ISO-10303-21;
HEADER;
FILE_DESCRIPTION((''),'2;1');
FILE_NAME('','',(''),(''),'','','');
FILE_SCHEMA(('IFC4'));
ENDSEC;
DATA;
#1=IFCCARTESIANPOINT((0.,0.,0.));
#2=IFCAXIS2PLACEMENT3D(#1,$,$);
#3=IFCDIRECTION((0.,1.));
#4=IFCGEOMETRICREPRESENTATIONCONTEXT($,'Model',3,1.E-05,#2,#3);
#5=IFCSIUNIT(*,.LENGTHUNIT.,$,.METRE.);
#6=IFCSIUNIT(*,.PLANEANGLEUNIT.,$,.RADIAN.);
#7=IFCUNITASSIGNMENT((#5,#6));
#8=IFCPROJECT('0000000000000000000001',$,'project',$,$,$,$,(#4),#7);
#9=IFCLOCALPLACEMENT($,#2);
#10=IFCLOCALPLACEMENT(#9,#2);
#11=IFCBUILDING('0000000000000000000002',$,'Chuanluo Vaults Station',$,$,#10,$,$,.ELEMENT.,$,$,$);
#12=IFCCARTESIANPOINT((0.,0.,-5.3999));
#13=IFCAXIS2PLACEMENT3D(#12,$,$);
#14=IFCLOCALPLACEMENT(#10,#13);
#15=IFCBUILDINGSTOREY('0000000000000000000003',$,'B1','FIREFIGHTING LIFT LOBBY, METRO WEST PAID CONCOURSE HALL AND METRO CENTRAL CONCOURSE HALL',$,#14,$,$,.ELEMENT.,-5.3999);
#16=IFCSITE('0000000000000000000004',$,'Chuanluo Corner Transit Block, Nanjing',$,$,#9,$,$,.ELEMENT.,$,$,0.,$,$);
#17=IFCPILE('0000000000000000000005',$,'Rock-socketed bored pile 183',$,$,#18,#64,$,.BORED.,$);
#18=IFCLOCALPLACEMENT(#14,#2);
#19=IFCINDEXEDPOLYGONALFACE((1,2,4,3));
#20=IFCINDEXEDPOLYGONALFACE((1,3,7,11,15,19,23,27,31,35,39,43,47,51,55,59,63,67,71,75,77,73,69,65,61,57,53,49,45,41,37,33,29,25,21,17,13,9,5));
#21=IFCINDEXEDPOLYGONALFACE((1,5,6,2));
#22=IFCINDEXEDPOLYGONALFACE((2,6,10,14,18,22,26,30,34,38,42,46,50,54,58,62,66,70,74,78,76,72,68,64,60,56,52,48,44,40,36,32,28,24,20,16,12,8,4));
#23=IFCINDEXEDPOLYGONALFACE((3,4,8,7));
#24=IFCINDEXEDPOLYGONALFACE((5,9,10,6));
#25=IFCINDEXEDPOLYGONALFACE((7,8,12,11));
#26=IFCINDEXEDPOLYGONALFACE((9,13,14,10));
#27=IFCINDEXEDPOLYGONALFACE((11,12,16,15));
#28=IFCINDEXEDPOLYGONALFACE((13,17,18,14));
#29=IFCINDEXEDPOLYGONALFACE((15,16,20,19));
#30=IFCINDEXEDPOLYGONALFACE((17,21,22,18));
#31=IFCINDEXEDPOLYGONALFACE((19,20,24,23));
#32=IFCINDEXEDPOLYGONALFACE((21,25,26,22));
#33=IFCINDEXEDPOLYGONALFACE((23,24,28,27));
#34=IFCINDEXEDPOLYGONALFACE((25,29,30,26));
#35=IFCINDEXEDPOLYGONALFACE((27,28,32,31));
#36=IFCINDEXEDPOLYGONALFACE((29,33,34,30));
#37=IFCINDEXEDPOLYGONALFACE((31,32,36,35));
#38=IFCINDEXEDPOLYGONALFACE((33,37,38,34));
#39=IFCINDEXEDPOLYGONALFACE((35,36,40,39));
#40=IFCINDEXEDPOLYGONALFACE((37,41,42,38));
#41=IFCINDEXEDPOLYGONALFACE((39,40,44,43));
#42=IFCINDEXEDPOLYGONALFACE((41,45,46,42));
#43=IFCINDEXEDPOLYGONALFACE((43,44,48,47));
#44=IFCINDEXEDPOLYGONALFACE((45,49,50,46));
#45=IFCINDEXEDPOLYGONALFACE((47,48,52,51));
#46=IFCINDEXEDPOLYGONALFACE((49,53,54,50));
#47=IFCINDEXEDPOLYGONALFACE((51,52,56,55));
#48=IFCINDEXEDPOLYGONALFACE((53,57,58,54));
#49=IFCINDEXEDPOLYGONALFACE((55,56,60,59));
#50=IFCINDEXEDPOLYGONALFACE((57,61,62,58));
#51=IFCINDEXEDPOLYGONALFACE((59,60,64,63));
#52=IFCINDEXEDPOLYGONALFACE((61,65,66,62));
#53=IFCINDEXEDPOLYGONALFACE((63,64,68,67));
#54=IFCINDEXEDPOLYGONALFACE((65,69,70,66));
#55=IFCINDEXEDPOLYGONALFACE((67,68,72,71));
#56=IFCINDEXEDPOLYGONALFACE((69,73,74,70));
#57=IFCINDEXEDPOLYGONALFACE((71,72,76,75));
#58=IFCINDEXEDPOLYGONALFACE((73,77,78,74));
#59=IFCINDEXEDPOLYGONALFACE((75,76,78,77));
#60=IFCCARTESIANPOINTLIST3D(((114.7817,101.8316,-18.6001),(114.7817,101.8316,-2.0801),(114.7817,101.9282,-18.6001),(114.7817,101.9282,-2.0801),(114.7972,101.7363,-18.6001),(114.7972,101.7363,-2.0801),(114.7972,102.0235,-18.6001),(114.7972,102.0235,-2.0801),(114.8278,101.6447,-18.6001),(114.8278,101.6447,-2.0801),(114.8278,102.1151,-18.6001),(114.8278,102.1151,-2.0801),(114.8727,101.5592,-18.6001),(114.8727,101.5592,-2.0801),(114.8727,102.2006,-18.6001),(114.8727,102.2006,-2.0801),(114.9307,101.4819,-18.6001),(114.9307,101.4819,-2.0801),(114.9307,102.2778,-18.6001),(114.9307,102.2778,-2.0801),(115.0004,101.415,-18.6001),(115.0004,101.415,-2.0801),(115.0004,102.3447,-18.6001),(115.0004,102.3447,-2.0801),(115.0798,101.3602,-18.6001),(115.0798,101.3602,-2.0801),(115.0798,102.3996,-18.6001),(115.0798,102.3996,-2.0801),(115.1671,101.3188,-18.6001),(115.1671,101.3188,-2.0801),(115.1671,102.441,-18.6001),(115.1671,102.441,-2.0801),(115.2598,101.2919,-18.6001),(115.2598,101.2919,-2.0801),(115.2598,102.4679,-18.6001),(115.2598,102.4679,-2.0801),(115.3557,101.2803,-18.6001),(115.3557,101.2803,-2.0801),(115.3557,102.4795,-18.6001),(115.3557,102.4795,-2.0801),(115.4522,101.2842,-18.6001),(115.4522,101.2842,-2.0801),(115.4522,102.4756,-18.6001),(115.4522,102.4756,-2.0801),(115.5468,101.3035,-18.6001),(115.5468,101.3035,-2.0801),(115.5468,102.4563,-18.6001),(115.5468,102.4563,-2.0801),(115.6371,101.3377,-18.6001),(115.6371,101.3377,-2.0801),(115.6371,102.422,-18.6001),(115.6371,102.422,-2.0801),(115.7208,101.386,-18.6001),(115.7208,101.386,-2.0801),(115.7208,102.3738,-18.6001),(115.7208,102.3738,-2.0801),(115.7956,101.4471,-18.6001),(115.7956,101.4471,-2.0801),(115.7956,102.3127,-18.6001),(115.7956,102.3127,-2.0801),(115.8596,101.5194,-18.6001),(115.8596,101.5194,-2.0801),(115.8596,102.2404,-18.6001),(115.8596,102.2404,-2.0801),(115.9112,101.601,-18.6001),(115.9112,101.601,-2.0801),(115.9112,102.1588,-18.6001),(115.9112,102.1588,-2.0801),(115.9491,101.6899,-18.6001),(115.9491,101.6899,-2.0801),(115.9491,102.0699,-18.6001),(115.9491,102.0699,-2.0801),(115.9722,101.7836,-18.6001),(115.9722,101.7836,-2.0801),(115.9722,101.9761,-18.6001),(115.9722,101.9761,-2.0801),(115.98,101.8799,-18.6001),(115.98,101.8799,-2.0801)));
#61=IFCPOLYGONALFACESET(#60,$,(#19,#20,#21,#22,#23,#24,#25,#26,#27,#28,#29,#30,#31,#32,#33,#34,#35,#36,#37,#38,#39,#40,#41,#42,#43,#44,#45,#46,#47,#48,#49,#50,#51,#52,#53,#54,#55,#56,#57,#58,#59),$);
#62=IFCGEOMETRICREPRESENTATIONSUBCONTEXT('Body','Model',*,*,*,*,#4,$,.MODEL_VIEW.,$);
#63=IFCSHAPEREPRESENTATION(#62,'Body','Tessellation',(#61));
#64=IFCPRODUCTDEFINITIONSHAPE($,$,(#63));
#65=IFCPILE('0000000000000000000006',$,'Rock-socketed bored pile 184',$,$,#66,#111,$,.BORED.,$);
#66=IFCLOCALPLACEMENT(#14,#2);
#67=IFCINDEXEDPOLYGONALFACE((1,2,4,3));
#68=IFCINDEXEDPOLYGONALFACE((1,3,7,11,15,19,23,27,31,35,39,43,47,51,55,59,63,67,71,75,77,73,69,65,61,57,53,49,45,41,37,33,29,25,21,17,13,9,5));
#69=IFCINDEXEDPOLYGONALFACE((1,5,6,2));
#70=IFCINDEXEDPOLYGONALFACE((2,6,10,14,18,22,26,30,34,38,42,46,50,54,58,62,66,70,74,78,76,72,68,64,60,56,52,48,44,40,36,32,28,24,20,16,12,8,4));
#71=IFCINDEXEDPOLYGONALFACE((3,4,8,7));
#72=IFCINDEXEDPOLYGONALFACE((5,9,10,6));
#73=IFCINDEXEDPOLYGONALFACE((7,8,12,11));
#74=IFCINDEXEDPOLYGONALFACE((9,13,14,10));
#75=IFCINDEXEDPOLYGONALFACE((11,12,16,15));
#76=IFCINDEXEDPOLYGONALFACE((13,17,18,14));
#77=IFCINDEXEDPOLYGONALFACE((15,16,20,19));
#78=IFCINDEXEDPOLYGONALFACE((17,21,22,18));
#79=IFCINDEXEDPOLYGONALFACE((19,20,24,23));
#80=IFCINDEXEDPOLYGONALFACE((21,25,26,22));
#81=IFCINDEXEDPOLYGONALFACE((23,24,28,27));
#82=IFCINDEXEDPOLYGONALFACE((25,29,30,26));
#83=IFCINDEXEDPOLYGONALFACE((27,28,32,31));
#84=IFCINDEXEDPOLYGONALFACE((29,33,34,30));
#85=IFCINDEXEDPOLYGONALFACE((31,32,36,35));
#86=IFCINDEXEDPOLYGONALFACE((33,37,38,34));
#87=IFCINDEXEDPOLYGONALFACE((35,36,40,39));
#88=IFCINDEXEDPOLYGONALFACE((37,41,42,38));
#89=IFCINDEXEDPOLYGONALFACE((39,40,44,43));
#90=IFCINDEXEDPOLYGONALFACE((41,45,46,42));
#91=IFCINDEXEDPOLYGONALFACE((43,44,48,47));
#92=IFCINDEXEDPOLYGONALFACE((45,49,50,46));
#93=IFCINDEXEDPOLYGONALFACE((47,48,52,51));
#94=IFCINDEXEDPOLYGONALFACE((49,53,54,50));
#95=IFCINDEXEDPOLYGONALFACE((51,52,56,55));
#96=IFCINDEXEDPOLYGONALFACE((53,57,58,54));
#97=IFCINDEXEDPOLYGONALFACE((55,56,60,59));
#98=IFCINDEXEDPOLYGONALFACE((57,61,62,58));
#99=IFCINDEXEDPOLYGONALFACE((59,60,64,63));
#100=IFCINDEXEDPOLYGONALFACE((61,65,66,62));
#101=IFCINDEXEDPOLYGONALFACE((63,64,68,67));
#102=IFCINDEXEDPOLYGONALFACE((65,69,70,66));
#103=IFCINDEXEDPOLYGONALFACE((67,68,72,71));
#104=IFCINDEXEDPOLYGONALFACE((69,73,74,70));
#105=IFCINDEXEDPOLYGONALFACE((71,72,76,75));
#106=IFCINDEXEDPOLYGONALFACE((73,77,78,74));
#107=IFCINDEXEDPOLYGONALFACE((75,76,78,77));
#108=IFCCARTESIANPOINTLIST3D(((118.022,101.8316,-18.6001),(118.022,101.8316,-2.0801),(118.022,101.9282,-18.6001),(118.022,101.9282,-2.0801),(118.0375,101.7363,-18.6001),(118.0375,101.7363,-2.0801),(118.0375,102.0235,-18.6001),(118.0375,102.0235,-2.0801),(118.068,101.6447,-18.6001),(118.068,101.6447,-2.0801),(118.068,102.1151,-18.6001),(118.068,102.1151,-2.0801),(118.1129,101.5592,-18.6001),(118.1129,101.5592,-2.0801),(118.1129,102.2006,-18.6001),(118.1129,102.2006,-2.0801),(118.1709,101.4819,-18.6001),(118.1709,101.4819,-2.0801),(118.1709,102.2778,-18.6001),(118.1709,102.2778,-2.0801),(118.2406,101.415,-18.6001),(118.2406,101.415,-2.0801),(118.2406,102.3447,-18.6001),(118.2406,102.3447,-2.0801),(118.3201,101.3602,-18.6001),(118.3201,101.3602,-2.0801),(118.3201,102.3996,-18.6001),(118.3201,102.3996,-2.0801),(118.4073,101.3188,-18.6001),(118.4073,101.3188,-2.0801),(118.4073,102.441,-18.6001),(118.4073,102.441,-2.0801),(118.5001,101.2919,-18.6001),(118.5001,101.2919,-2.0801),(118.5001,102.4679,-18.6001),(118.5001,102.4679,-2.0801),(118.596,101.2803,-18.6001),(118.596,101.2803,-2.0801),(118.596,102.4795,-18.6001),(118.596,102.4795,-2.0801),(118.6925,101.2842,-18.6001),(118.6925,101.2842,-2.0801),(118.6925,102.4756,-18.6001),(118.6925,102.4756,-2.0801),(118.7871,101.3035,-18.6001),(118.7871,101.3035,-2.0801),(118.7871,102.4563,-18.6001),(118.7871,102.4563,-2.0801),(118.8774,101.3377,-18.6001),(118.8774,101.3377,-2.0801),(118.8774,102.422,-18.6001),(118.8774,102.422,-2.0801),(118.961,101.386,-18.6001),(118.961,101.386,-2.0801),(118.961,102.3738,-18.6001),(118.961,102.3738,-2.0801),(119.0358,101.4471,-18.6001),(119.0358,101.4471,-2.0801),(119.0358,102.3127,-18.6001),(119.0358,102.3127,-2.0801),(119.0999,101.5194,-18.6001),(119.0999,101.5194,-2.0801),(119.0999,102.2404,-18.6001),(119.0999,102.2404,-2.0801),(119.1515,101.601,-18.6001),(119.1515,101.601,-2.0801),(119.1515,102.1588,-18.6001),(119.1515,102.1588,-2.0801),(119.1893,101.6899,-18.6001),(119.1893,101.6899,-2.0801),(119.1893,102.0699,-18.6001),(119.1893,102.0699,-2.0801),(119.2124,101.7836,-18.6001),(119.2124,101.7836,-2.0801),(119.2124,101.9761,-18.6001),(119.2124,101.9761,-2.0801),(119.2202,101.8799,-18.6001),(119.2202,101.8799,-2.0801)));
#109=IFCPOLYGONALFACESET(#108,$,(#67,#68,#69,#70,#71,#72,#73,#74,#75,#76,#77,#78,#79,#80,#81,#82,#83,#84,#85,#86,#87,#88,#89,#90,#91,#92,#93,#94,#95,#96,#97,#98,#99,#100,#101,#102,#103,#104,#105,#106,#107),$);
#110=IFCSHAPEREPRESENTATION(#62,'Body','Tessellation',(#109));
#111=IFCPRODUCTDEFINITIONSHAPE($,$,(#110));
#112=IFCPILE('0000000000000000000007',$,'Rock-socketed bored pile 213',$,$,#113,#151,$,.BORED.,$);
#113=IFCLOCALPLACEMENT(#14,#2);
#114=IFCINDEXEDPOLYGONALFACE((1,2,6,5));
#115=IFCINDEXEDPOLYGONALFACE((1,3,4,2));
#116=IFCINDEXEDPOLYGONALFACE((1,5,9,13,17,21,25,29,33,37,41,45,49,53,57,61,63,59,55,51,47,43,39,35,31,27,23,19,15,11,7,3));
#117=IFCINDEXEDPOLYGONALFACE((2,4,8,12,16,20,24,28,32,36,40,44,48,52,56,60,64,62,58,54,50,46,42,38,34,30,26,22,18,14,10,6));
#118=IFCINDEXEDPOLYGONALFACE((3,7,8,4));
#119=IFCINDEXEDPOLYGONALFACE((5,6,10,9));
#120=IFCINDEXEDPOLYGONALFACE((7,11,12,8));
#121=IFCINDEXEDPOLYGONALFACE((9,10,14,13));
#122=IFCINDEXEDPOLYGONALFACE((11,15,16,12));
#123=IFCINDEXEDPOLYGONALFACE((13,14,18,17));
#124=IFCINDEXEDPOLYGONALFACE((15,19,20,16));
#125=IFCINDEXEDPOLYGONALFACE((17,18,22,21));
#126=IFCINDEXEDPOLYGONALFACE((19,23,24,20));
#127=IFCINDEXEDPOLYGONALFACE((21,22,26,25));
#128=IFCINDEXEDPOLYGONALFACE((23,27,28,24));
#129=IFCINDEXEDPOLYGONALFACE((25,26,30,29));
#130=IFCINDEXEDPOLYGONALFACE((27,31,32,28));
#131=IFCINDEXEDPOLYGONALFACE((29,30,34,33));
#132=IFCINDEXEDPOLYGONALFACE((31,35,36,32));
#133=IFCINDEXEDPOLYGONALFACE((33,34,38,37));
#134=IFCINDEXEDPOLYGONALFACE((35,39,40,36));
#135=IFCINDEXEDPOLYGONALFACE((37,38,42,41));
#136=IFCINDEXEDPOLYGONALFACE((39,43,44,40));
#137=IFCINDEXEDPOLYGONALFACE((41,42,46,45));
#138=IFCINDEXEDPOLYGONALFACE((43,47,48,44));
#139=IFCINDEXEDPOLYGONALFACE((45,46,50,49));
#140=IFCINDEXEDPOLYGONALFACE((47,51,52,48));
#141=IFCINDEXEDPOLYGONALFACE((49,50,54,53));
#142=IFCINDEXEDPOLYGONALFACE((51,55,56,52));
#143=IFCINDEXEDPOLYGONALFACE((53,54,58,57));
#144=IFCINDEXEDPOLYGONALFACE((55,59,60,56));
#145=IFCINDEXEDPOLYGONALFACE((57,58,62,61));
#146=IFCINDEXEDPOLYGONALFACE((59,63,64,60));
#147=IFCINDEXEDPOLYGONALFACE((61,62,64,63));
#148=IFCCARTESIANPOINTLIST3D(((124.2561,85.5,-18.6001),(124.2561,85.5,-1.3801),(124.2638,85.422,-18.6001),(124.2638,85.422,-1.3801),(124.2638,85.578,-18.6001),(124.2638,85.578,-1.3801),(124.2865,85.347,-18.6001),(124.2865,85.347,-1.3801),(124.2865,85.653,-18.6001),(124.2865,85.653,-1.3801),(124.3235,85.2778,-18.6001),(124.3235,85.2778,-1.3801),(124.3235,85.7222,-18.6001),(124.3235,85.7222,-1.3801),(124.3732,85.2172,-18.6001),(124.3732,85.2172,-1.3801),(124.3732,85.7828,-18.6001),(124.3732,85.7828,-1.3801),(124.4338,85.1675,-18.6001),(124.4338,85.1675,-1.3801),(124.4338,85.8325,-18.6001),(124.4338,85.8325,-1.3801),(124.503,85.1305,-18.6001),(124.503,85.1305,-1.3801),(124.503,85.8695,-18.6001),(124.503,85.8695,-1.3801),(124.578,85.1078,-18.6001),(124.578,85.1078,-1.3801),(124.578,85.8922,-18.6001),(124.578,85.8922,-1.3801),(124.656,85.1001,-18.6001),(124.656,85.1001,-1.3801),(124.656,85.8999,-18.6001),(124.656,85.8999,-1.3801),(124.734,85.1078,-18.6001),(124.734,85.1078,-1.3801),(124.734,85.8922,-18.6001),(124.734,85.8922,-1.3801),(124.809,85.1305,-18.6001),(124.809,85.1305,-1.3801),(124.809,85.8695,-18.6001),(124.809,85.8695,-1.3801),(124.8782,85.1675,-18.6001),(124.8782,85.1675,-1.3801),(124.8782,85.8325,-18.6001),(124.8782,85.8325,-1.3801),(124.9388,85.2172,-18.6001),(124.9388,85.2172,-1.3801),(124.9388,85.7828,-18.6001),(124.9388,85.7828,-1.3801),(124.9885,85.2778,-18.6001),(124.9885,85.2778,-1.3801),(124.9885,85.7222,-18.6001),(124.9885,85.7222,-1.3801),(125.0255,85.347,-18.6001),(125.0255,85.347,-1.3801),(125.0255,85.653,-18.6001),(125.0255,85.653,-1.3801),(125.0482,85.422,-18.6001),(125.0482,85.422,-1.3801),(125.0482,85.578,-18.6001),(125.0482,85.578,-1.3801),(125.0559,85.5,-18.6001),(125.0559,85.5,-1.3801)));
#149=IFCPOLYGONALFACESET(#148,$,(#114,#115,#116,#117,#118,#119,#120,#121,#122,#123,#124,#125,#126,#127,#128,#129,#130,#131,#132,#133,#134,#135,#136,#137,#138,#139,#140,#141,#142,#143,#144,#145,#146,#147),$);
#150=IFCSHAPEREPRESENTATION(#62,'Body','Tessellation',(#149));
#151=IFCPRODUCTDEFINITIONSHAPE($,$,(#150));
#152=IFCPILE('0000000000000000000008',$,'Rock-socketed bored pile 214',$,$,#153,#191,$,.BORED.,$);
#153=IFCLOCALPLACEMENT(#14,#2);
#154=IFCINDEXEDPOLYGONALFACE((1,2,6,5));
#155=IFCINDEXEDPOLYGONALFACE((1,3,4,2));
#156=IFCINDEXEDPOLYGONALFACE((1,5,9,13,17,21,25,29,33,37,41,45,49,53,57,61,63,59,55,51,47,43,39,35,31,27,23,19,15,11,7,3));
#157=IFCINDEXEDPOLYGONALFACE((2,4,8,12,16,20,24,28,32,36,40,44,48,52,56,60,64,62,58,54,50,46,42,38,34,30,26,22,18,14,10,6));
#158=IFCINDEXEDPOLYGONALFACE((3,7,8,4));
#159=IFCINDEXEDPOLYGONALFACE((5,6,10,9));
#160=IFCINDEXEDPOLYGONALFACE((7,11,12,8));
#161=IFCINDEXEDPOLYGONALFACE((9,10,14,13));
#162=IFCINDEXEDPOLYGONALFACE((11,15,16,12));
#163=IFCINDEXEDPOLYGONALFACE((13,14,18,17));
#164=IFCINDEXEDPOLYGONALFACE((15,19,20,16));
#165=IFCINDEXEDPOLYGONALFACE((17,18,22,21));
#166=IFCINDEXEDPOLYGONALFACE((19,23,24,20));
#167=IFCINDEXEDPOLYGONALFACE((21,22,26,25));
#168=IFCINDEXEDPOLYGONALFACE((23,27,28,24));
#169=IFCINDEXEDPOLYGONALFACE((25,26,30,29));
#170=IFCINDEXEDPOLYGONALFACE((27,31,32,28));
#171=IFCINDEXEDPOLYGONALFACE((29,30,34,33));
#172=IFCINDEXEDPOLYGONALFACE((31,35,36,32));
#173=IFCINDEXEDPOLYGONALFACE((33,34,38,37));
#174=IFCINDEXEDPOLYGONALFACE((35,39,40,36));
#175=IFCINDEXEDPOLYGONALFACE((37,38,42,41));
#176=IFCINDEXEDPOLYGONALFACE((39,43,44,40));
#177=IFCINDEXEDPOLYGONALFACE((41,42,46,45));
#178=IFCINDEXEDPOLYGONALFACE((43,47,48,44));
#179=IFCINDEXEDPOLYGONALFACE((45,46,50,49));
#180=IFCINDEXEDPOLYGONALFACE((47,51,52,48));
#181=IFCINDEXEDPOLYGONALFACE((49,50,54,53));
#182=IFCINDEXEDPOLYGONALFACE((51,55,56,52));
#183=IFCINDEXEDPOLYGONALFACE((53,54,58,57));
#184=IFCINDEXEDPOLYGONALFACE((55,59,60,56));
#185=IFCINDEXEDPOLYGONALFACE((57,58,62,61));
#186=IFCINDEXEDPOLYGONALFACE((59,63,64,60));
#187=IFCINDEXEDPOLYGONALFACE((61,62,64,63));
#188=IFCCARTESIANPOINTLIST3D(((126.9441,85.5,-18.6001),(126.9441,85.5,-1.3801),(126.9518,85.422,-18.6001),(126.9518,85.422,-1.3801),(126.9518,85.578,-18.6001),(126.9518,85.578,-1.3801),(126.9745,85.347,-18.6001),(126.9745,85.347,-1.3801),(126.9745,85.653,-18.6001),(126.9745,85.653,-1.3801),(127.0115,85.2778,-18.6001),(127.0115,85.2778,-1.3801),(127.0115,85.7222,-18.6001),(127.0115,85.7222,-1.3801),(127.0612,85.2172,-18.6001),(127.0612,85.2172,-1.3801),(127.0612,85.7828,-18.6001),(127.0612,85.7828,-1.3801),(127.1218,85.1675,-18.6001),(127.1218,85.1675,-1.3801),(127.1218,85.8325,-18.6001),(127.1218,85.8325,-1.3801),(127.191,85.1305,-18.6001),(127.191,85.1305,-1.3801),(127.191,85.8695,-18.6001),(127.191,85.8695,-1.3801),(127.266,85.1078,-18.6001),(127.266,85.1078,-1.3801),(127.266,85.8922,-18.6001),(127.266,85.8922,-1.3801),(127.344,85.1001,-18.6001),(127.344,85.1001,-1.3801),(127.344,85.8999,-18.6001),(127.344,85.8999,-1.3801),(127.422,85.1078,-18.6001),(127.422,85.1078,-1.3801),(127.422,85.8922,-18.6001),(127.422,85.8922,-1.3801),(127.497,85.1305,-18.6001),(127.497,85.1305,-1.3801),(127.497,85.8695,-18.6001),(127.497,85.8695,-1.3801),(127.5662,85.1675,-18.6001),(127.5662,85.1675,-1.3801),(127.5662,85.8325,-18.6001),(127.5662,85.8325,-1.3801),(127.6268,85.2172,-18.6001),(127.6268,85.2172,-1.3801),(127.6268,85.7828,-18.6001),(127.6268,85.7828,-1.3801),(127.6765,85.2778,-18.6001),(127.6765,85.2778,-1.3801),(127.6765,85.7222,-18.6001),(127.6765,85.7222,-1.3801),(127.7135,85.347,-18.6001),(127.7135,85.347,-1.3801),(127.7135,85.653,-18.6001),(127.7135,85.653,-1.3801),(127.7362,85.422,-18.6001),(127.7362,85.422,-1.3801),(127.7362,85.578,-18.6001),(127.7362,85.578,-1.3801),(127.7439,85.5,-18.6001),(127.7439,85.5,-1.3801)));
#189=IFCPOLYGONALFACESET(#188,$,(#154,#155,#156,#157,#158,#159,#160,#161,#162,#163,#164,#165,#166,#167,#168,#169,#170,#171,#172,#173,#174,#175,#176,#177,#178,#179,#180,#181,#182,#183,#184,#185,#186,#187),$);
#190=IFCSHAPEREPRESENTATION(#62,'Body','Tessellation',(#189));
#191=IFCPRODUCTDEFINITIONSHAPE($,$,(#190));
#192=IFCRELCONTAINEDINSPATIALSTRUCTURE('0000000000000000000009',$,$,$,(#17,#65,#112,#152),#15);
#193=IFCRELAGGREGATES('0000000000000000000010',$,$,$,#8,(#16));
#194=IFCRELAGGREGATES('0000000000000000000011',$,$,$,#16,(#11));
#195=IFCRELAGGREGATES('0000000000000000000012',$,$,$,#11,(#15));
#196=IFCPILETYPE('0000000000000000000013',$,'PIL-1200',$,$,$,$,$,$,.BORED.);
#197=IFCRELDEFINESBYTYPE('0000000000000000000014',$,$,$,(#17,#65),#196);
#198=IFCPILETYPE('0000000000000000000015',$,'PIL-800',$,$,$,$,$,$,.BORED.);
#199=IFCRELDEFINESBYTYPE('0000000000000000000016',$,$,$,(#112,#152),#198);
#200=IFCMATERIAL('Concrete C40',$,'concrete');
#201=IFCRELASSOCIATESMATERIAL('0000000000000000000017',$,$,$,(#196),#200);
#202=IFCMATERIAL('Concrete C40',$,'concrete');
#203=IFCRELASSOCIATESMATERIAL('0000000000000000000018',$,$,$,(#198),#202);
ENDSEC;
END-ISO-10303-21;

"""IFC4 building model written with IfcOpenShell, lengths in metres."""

from ifc_helpers import new_model, si_unit, direction, frame, origin, origin_2d, place, context, subcontext, project, spatial, circle, extrude, material, material_profile, profile_set, type_object, element, save


model = new_model("IFC4")

# Units and contexts
model_context = context("Model", 3, precision=1e-05, world=origin(), true_north=direction((0.0, 1.0)))
body_context = subcontext(model_context, "Body", "Model", "MODEL_VIEW")
ifc_project = project(units=[si_unit("LENGTHUNIT", "METRE"), si_unit("PLANEANGLEUNIT", "RADIAN")], contexts=[model_context])

# Site, building, storey
site_placement = place(None, origin())
site = spatial("IfcSite", under=ifc_project, at=site_placement, Name="Chuanluo Corner Transit Block, Nanjing", CompositionType="ELEMENT", RefElevation=0.0)
building_placement = place(site_placement, origin())
building = spatial("IfcBuilding", under=site, at=building_placement, Name="Chuanluo Vaults Station", CompositionType="ELEMENT")
storey_placement = place(building_placement, frame((0.0, 0.0, -5.3999)))
storey = spatial("IfcBuildingStorey", under=building, at=storey_placement, Name="B1", Description="FIREFIGHTING LIFT LOBBY, METRO WEST PAID CONCOURSE HALL AND METRO CENTRAL CONCOURSE HALL", CompositionType="ELEMENT", Elevation=-5.3999)

# Piles
ifc_material_1 = material(Name="Concrete C40", Category="concrete")
ifc_material_profile_1 = material_profile(ifc_material_1, circle(Radius=0.6001, at=origin_2d()))
ifc_profile_set_1 = profile_set([ifc_material_profile_1], Name="Concrete C40")
pile_type_1 = type_object("IfcPileType", Name="PIL-1200", PredefinedType="BORED", material=ifc_profile_set_1)
for number, where, z_axis, x_axis, name in (
    (1, (115.3799, 101.8799, -2.0801), (0.0, 0.0, -1.0), (1.0, 0.0, 0.0), "Rock-socketed bored pile 183"),
    (2, (118.6201, 101.8799, -2.0801), (0.0, 0.0, -1.0), (1.0, 0.0, 0.0), "Rock-socketed bored pile 184"),
):
    element("IfcPile", number, at=place(storey_placement, frame(where, z_axis=z_axis, x_axis=x_axis)), inside=storey, type_object=pile_type_1, Name=name, PredefinedType="BORED", context=body_context, shape_type="SweptSolid", body=[
        extrude(circle(Radius=0.6001, at=origin_2d()), origin(), (0.0, 0.0, 1.0), 16.52),
    ])
ifc_material_2 = material(Name="Concrete C40", Category="concrete")
ifc_material_profile_2 = material_profile(ifc_material_2, circle(Radius=0.3999, at=origin_2d()))
ifc_profile_set_2 = profile_set([ifc_material_profile_2], Name="Concrete C40")
pile_type_2 = type_object("IfcPileType", Name="PIL-800", PredefinedType="BORED", material=ifc_profile_set_2)
for number, where, z_axis, x_axis, name in (
    (3, (124.656, 85.5, -1.3801), (0.0, 0.0, -1.0), (1.0, 0.0, 0.0), "Rock-socketed bored pile 213"),
    (4, (127.344, 85.5, -1.3801), (0.0, 0.0, -1.0), (1.0, 0.0, 0.0), "Rock-socketed bored pile 214"),
):
    element("IfcPile", number, at=place(storey_placement, frame(where, z_axis=z_axis, x_axis=x_axis)), inside=storey, type_object=pile_type_2, Name=name, PredefinedType="BORED", context=body_context, shape_type="SweptSolid", body=[
        extrude(circle(Radius=0.3999, at=origin_2d()), origin(), (0.0, 0.0, 1.0), 17.22),
    ])

save(model, "model.ifc")
